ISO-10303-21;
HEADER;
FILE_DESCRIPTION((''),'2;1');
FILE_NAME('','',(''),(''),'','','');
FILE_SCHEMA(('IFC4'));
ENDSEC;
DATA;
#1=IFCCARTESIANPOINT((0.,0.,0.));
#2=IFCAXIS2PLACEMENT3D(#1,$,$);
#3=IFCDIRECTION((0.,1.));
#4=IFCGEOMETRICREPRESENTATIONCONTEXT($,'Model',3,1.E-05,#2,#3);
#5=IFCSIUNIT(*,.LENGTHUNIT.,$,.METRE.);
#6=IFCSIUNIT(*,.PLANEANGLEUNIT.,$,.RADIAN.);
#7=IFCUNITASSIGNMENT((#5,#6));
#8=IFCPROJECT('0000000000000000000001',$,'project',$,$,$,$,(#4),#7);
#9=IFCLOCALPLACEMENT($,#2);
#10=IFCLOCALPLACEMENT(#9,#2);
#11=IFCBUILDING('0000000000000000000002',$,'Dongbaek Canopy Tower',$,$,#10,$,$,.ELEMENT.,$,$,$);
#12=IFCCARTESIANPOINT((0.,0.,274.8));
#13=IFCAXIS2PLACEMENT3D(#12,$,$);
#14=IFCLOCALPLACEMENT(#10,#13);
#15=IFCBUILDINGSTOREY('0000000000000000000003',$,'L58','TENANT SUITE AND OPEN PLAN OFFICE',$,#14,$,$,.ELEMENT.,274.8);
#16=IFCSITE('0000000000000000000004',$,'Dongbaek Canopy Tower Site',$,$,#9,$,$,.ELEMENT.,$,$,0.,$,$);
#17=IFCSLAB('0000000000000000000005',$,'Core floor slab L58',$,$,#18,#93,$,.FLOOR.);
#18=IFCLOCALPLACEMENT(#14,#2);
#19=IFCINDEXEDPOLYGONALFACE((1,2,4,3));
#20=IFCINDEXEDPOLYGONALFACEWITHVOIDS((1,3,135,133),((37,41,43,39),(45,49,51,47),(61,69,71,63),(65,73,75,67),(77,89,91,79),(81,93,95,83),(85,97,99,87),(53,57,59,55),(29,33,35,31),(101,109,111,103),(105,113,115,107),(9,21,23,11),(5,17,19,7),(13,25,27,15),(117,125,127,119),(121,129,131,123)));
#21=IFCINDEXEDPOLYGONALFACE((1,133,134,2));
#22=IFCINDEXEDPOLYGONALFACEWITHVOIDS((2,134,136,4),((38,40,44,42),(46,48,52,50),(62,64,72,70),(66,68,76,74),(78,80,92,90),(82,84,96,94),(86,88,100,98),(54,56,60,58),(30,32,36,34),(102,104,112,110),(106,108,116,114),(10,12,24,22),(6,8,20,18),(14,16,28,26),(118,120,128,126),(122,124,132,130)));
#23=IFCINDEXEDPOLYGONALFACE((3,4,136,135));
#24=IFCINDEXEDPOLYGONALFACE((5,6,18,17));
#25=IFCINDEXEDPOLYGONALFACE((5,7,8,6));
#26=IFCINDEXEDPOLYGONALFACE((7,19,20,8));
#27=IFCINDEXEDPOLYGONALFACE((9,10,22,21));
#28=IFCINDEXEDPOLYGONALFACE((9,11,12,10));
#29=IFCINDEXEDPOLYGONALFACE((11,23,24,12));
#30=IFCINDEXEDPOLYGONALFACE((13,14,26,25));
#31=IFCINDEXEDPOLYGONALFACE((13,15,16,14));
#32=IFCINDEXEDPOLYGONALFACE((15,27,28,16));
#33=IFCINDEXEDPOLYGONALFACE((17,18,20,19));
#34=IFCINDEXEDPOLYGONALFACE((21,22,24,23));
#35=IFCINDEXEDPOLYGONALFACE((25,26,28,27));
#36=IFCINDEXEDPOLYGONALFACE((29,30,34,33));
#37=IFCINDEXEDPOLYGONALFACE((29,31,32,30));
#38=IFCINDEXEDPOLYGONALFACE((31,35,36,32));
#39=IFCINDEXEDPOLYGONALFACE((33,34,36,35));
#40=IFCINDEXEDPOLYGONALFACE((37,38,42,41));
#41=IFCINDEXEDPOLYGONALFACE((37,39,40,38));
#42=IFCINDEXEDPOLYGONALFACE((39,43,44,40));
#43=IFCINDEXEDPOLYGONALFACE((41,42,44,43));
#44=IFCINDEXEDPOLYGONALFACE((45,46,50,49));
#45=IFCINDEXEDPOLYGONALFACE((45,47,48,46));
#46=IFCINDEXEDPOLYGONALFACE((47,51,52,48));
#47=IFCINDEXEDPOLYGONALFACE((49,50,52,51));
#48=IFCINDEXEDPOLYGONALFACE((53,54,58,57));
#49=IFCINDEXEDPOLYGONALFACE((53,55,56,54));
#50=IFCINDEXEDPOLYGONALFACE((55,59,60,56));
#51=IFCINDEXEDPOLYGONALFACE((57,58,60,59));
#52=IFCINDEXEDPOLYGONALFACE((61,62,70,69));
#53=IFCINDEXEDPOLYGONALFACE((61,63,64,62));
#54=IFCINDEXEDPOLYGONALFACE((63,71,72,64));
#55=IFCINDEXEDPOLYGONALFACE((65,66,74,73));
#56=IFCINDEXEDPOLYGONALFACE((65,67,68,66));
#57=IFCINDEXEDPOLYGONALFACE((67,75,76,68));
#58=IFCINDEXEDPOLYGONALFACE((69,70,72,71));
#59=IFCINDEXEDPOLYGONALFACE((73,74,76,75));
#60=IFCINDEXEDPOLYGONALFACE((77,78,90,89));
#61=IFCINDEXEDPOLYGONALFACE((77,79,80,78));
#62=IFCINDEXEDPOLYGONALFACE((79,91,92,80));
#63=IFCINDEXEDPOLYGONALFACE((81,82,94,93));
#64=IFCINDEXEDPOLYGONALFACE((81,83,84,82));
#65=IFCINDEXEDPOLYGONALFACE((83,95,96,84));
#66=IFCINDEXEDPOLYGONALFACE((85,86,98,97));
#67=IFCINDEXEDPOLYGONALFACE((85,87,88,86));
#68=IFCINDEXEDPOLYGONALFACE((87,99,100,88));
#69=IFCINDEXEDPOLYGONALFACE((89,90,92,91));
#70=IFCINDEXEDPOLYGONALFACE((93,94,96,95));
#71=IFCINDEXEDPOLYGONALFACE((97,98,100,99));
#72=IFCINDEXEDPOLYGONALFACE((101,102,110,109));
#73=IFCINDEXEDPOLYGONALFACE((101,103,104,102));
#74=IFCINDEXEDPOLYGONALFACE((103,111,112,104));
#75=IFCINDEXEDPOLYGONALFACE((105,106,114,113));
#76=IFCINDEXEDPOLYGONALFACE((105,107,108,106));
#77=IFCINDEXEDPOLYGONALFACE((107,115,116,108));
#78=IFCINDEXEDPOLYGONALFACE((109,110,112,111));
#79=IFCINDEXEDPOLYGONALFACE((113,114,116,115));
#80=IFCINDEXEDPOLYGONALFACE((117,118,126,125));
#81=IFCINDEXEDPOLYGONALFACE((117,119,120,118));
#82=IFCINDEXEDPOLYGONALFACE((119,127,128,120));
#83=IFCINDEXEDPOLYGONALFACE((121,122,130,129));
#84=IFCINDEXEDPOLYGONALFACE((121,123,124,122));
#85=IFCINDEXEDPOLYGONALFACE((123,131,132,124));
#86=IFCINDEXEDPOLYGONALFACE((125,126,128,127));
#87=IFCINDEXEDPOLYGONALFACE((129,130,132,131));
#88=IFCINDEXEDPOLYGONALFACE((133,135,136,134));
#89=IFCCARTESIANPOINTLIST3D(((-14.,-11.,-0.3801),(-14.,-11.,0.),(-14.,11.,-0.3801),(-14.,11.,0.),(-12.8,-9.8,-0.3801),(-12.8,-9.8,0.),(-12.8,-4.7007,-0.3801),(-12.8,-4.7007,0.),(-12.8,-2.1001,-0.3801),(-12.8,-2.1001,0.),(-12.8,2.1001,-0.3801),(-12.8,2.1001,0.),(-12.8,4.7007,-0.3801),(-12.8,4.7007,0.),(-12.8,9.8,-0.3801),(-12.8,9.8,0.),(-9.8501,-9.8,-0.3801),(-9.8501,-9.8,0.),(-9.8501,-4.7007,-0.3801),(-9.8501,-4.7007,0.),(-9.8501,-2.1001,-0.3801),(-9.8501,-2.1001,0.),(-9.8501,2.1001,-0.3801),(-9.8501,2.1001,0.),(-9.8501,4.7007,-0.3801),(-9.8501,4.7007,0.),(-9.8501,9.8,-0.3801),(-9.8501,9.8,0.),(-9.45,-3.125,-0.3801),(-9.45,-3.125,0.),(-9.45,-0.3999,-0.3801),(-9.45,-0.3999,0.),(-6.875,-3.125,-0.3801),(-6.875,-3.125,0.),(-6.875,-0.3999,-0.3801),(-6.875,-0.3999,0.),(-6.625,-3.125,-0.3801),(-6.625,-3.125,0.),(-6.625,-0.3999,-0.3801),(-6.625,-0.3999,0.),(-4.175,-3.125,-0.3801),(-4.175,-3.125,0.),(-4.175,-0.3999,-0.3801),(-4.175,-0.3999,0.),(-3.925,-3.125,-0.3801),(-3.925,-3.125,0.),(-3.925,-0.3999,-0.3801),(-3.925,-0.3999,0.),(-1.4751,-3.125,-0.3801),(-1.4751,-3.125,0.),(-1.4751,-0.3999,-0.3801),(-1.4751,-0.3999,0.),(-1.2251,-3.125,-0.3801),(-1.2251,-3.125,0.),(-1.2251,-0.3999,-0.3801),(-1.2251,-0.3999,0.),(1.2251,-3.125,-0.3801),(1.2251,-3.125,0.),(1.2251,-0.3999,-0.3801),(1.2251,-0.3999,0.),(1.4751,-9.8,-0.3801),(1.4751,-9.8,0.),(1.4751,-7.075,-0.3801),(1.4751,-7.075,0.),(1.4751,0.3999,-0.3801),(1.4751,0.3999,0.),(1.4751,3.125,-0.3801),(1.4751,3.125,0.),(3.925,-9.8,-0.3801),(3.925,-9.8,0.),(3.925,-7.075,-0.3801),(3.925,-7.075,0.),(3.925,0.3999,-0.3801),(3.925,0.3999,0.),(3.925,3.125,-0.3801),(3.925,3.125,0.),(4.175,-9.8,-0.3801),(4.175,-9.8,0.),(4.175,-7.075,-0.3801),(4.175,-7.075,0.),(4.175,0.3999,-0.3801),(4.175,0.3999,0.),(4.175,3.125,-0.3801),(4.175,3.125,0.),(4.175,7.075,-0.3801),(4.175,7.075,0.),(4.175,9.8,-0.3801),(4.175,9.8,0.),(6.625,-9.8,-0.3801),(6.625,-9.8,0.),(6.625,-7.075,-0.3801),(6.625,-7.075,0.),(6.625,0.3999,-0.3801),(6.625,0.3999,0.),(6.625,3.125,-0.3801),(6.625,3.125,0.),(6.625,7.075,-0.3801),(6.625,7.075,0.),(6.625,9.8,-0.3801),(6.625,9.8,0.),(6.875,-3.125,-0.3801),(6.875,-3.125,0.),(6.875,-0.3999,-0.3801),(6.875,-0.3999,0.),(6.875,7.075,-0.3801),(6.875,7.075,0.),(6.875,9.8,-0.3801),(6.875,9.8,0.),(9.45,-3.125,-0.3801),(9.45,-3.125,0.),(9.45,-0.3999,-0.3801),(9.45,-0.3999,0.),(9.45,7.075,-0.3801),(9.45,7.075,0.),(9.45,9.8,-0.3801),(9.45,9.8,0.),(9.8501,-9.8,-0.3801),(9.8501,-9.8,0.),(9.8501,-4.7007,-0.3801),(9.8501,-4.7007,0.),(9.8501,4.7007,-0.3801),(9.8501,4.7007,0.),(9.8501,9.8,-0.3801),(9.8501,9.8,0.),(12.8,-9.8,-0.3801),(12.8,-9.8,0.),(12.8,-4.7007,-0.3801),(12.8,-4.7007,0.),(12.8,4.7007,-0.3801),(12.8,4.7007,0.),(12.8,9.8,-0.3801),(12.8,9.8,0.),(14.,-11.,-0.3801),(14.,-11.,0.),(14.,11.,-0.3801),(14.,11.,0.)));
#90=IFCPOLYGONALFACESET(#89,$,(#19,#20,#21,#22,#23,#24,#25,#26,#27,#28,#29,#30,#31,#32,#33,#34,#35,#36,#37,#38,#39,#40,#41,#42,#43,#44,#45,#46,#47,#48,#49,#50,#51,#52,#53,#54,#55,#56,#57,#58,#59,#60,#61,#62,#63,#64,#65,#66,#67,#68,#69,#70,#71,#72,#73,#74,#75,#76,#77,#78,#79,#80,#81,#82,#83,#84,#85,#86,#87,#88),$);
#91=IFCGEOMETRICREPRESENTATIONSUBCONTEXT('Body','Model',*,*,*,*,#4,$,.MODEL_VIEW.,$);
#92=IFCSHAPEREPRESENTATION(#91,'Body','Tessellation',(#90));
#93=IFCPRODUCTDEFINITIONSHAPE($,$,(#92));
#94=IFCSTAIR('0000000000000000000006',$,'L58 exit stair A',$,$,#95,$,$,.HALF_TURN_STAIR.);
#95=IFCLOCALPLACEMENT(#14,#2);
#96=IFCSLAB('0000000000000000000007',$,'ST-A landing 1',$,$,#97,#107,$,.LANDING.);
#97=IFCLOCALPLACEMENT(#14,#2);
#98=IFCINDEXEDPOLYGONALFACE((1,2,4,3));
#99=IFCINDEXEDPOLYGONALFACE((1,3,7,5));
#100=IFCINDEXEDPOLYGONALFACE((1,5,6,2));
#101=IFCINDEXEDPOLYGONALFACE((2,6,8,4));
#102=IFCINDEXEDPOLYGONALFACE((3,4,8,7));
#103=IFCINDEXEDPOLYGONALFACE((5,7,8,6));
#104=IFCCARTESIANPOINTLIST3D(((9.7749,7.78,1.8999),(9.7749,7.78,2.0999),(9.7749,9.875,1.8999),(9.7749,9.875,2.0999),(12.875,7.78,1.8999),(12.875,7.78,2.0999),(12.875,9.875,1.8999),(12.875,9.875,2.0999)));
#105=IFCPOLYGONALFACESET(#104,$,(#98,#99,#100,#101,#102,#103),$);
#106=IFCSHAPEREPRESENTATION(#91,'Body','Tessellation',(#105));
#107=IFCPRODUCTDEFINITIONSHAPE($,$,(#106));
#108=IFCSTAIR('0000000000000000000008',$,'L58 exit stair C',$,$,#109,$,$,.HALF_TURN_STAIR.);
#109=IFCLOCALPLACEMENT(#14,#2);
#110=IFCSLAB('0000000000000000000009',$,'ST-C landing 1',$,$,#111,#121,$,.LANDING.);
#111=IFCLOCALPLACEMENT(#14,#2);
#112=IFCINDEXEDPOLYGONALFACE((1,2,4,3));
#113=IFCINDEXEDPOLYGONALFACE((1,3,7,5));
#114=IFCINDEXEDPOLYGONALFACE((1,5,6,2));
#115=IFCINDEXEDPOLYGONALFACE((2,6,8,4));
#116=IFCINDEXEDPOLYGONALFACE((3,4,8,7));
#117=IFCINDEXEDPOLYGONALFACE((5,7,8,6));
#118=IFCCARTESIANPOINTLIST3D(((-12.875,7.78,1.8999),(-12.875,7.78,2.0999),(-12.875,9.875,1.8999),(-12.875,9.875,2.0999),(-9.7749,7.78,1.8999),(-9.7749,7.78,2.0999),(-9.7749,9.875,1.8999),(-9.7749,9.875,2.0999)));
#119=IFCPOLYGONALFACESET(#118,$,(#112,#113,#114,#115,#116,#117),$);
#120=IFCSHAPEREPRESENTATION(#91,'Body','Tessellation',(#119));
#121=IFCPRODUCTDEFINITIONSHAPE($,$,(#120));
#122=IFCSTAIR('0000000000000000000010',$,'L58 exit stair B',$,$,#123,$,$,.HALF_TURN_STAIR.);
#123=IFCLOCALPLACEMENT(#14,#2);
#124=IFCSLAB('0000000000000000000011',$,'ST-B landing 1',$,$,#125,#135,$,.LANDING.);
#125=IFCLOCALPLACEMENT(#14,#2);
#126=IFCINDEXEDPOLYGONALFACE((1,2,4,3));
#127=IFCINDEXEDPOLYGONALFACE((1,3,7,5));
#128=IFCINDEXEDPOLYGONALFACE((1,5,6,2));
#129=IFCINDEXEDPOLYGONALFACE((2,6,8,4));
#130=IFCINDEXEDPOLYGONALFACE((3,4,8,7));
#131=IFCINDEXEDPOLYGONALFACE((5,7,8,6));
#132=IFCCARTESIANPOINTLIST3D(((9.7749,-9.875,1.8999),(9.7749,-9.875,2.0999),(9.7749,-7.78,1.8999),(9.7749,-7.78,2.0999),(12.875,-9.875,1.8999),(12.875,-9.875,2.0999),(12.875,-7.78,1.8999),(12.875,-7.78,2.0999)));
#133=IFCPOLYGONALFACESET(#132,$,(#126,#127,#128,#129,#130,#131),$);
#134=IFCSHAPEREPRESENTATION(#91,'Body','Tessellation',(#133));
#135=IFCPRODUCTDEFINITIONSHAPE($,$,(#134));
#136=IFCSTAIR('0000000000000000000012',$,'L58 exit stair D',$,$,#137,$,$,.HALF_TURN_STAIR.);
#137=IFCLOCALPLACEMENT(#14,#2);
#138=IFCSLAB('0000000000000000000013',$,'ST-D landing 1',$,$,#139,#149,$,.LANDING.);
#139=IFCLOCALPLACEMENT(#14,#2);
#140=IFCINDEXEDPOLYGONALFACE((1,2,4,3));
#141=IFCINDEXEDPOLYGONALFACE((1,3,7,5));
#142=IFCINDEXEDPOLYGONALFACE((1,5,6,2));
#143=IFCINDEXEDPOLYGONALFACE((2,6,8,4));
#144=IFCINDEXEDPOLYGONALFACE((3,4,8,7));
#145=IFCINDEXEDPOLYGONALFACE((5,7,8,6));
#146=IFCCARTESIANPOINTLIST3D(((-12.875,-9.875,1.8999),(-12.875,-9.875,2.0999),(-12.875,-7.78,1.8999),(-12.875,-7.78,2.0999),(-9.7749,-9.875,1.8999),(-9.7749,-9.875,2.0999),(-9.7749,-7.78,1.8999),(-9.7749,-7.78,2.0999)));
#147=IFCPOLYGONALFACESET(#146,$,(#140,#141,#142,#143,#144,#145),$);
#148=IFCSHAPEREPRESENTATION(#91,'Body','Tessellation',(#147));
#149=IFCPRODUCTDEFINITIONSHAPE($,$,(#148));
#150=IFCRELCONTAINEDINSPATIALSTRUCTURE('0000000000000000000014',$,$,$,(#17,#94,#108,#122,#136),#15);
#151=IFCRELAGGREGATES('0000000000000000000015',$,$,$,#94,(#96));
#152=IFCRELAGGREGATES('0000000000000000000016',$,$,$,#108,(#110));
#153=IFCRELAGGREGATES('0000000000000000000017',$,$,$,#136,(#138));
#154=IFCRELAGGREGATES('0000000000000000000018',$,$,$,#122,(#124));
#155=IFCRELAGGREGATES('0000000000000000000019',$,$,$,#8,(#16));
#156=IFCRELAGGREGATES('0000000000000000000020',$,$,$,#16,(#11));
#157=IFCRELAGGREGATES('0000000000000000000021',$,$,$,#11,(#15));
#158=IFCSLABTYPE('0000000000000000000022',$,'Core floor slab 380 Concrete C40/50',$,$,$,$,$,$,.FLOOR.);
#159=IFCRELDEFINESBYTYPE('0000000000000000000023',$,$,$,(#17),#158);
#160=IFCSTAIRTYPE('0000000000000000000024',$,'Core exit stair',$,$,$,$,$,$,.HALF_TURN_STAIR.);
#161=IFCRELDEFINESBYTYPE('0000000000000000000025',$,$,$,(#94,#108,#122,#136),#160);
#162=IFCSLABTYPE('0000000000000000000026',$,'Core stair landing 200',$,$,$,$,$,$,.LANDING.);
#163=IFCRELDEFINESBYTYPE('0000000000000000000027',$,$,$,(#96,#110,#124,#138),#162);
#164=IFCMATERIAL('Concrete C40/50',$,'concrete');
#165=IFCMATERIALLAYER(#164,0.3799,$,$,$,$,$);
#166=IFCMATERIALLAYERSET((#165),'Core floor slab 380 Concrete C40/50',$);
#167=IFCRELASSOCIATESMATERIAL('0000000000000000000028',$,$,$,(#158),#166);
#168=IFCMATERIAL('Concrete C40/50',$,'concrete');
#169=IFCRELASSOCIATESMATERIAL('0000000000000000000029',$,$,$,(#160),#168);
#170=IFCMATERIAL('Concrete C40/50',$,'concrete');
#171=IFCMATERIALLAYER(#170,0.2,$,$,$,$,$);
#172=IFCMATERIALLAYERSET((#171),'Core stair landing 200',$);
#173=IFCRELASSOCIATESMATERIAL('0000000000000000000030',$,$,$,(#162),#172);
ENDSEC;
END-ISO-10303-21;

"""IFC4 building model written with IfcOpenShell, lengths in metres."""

from ifc_helpers import new_model, si_unit, direction, frame, origin, place, context, subcontext, project, spatial, polyline, outline, extrude, material, layer, layer_set, type_object, element, aggregate, save


model = new_model("IFC4")

# Units and contexts
model_context = context("Model", 3, precision=1e-05, world=origin(), true_north=direction((0.0, 1.0)))
body_context = subcontext(model_context, "Body", "Model", "MODEL_VIEW")
ifc_project = project(units=[si_unit("LENGTHUNIT", "METRE"), si_unit("PLANEANGLEUNIT", "RADIAN")], contexts=[model_context])

# Site, building, storey
site_placement = place(None, origin())
site = spatial("IfcSite", under=ifc_project, at=site_placement, Name="Dongbaek Canopy Tower Site", CompositionType="ELEMENT", RefElevation=0.0)
building_placement = place(site_placement, origin())
building = spatial("IfcBuilding", under=site, at=building_placement, Name="Dongbaek Canopy Tower", CompositionType="ELEMENT")
storey_placement = place(building_placement, frame((0.0, 0.0, 274.8)))
storey = spatial("IfcBuildingStorey", under=building, at=storey_placement, Name="L58", Description="TENANT SUITE AND OPEN PLAN OFFICE", CompositionType="ELEMENT", Elevation=274.8)

# Slab
ifc_material_1 = material(Name="Concrete C40/50", Category="concrete")
ifc_layer_1 = layer(ifc_material_1, 0.3799)
ifc_layer_set_1 = layer_set([ifc_layer_1], Name="Core floor slab 380 Concrete C40/50")
slab_type_1 = type_object("IfcSlabType", Name="Core floor slab 380 Concrete C40/50", PredefinedType="FLOOR", material=ifc_layer_set_1)
slab_1_placement = place(storey_placement, frame((0.0, 0.0, -0.3801)))
element("IfcSlab", 1, at=slab_1_placement, inside=storey, type_object=slab_type_1, Name="Core floor slab L58", PredefinedType="FLOOR", context=body_context, shape_type="SweptSolid", body=[
    extrude(outline(polyline([(14.0, -11.0), (14.0, 11.0), (-14.0, 11.0), (-14.0, -11.0), (14.0, -11.0)]), holes=[polyline([(-12.8, 2.1001), (-9.8501, 2.1001), (-9.8501, -2.1001), (-12.8, -2.1001), (-12.8, 2.1001)]), polyline([(6.625, 9.8), (6.625, 7.075), (4.175, 7.075), (4.175, 9.8), (6.625, 9.8)]), polyline([(9.45, 7.075), (6.875, 7.075), (6.875, 9.8), (9.45, 9.8), (9.45, 7.075)]), polyline([(1.4751, 0.3999), (1.4751, 3.125), (3.925, 3.125), (3.925, 0.3999), (1.4751, 0.3999)]), polyline([(4.175, 0.3999), (4.175, 3.125), (6.625, 3.125), (6.625, 0.3999), (4.175, 0.3999)]), polyline([(-9.45, -0.3999), (-6.875, -0.3999), (-6.875, -3.125), (-9.45, -3.125), (-9.45, -0.3999)]), polyline([(-6.625, -3.125), (-6.625, -0.3999), (-4.175, -0.3999), (-4.175, -3.125), (-6.625, -3.125)]), polyline([(-3.925, -3.125), (-3.925, -0.3999), (-1.4751, -0.3999), (-1.4751, -3.125), (-3.925, -3.125)]), polyline([(-1.2251, -3.125), (-1.2251, -0.3999), (1.2251, -0.3999), (1.2251, -3.125), (-1.2251, -3.125)]), polyline([(9.45, -3.125), (6.875, -3.125), (6.875, -0.3999), (9.45, -0.3999), (9.45, -3.125)]), polyline([(1.4751, -9.8), (1.4751, -7.075), (3.925, -7.075), (3.925, -9.8), (1.4751, -9.8)]), polyline([(4.175, -9.8), (4.175, -7.075), (6.625, -7.075), (6.625, -9.8), (4.175, -9.8)]), polyline([(12.8, 4.7007), (12.8, 9.8), (9.8501, 9.8), (9.8501, 4.7007), (12.8, 4.7007)]), polyline([(-9.8501, 4.7007), (-9.8501, 9.8), (-12.8, 9.8), (-12.8, 4.7007), (-9.8501, 4.7007)]), polyline([(9.8501, -4.7007), (9.8501, -9.8), (12.8, -9.8), (12.8, -4.7007), (9.8501, -4.7007)]), polyline([(-12.8, -4.7007), (-12.8, -9.8), (-9.8501, -9.8), (-9.8501, -4.7007), (-12.8, -4.7007)])]), origin(), (0.0, 0.0, 1.0), 0.3801),
])

# Stairs, slabs
ifc_material_2 = material(Name="Concrete C40/50", Category="concrete")
stair_type = type_object("IfcStairType", Name="Core exit stair", PredefinedType="HALF_TURN_STAIR", material=ifc_material_2)
stair_1_placement = place(storey_placement, origin())
stair_1 = element("IfcStair", 2, at=stair_1_placement, inside=storey, type_object=stair_type, Name="L58 exit stair A", PredefinedType="HALF_TURN_STAIR")
ifc_material_3 = material(Name="Concrete C40/50", Category="concrete")
ifc_layer_2 = layer(ifc_material_3, 0.2)
ifc_layer_set_2 = layer_set([ifc_layer_2], Name="Core stair landing 200")
slab_type_2 = type_object("IfcSlabType", Name="Core stair landing 200", PredefinedType="LANDING", material=ifc_layer_set_2)
slab_2_placement = place(storey_placement, frame((0.0, 0.0, 1.8999)))
slab_2 = element("IfcSlab", 3, at=slab_2_placement, type_object=slab_type_2, Name="ST-A landing 1", PredefinedType="LANDING", context=body_context, shape_type="SweptSolid", body=[
    extrude(outline(polyline([(12.875, 7.78), (12.875, 9.875), (9.7749, 9.875), (9.7749, 7.78), (12.875, 7.78)])), origin(), (0.0, 0.0, 1.0), 0.2),
])
aggregate(stair_1, [slab_2])
stair_2_placement = place(storey_placement, origin())
stair_2 = element("IfcStair", 4, at=stair_2_placement, inside=storey, type_object=stair_type, Name="L58 exit stair C", PredefinedType="HALF_TURN_STAIR")
slab_3_placement = place(storey_placement, frame((0.0, 0.0, 1.8999)))
slab_3 = element("IfcSlab", 5, at=slab_3_placement, type_object=slab_type_2, Name="ST-C landing 1", PredefinedType="LANDING", context=body_context, shape_type="SweptSolid", body=[
    extrude(outline(polyline([(-9.7749, 7.78), (-9.7749, 9.875), (-12.875, 9.875), (-12.875, 7.78), (-9.7749, 7.78)])), origin(), (0.0, 0.0, 1.0), 0.2),
])
aggregate(stair_2, [slab_3])
stair_3_placement = place(storey_placement, origin())
stair_3 = element("IfcStair", 6, at=stair_3_placement, inside=storey, type_object=stair_type, Name="L58 exit stair B", PredefinedType="HALF_TURN_STAIR")
slab_4_placement = place(storey_placement, frame((0.0, 0.0, 1.8999)))
slab_4 = element("IfcSlab", 7, at=slab_4_placement, type_object=slab_type_2, Name="ST-B landing 1", PredefinedType="LANDING", context=body_context, shape_type="SweptSolid", body=[
    extrude(outline(polyline([(9.7749, -7.78), (9.7749, -9.875), (12.875, -9.875), (12.875, -7.78), (9.7749, -7.78)])), origin(), (0.0, 0.0, 1.0), 0.2),
])
stair_4_placement = place(storey_placement, origin())
stair_4 = element("IfcStair", 8, at=stair_4_placement, inside=storey, type_object=stair_type, Name="L58 exit stair D", PredefinedType="HALF_TURN_STAIR")
slab_5_placement = place(storey_placement, frame((0.0, 0.0, 1.8999)))
slab_5 = element("IfcSlab", 9, at=slab_5_placement, type_object=slab_type_2, Name="ST-D landing 1", PredefinedType="LANDING", context=body_context, shape_type="SweptSolid", body=[
    extrude(outline(polyline([(-12.875, -7.78), (-12.875, -9.875), (-9.7749, -9.875), (-9.7749, -7.78), (-12.875, -7.78)])), origin(), (0.0, 0.0, 1.0), 0.2),
])
aggregate(stair_4, [slab_5])

aggregate(stair_3, [slab_4])

save(model, "model.ifc")
